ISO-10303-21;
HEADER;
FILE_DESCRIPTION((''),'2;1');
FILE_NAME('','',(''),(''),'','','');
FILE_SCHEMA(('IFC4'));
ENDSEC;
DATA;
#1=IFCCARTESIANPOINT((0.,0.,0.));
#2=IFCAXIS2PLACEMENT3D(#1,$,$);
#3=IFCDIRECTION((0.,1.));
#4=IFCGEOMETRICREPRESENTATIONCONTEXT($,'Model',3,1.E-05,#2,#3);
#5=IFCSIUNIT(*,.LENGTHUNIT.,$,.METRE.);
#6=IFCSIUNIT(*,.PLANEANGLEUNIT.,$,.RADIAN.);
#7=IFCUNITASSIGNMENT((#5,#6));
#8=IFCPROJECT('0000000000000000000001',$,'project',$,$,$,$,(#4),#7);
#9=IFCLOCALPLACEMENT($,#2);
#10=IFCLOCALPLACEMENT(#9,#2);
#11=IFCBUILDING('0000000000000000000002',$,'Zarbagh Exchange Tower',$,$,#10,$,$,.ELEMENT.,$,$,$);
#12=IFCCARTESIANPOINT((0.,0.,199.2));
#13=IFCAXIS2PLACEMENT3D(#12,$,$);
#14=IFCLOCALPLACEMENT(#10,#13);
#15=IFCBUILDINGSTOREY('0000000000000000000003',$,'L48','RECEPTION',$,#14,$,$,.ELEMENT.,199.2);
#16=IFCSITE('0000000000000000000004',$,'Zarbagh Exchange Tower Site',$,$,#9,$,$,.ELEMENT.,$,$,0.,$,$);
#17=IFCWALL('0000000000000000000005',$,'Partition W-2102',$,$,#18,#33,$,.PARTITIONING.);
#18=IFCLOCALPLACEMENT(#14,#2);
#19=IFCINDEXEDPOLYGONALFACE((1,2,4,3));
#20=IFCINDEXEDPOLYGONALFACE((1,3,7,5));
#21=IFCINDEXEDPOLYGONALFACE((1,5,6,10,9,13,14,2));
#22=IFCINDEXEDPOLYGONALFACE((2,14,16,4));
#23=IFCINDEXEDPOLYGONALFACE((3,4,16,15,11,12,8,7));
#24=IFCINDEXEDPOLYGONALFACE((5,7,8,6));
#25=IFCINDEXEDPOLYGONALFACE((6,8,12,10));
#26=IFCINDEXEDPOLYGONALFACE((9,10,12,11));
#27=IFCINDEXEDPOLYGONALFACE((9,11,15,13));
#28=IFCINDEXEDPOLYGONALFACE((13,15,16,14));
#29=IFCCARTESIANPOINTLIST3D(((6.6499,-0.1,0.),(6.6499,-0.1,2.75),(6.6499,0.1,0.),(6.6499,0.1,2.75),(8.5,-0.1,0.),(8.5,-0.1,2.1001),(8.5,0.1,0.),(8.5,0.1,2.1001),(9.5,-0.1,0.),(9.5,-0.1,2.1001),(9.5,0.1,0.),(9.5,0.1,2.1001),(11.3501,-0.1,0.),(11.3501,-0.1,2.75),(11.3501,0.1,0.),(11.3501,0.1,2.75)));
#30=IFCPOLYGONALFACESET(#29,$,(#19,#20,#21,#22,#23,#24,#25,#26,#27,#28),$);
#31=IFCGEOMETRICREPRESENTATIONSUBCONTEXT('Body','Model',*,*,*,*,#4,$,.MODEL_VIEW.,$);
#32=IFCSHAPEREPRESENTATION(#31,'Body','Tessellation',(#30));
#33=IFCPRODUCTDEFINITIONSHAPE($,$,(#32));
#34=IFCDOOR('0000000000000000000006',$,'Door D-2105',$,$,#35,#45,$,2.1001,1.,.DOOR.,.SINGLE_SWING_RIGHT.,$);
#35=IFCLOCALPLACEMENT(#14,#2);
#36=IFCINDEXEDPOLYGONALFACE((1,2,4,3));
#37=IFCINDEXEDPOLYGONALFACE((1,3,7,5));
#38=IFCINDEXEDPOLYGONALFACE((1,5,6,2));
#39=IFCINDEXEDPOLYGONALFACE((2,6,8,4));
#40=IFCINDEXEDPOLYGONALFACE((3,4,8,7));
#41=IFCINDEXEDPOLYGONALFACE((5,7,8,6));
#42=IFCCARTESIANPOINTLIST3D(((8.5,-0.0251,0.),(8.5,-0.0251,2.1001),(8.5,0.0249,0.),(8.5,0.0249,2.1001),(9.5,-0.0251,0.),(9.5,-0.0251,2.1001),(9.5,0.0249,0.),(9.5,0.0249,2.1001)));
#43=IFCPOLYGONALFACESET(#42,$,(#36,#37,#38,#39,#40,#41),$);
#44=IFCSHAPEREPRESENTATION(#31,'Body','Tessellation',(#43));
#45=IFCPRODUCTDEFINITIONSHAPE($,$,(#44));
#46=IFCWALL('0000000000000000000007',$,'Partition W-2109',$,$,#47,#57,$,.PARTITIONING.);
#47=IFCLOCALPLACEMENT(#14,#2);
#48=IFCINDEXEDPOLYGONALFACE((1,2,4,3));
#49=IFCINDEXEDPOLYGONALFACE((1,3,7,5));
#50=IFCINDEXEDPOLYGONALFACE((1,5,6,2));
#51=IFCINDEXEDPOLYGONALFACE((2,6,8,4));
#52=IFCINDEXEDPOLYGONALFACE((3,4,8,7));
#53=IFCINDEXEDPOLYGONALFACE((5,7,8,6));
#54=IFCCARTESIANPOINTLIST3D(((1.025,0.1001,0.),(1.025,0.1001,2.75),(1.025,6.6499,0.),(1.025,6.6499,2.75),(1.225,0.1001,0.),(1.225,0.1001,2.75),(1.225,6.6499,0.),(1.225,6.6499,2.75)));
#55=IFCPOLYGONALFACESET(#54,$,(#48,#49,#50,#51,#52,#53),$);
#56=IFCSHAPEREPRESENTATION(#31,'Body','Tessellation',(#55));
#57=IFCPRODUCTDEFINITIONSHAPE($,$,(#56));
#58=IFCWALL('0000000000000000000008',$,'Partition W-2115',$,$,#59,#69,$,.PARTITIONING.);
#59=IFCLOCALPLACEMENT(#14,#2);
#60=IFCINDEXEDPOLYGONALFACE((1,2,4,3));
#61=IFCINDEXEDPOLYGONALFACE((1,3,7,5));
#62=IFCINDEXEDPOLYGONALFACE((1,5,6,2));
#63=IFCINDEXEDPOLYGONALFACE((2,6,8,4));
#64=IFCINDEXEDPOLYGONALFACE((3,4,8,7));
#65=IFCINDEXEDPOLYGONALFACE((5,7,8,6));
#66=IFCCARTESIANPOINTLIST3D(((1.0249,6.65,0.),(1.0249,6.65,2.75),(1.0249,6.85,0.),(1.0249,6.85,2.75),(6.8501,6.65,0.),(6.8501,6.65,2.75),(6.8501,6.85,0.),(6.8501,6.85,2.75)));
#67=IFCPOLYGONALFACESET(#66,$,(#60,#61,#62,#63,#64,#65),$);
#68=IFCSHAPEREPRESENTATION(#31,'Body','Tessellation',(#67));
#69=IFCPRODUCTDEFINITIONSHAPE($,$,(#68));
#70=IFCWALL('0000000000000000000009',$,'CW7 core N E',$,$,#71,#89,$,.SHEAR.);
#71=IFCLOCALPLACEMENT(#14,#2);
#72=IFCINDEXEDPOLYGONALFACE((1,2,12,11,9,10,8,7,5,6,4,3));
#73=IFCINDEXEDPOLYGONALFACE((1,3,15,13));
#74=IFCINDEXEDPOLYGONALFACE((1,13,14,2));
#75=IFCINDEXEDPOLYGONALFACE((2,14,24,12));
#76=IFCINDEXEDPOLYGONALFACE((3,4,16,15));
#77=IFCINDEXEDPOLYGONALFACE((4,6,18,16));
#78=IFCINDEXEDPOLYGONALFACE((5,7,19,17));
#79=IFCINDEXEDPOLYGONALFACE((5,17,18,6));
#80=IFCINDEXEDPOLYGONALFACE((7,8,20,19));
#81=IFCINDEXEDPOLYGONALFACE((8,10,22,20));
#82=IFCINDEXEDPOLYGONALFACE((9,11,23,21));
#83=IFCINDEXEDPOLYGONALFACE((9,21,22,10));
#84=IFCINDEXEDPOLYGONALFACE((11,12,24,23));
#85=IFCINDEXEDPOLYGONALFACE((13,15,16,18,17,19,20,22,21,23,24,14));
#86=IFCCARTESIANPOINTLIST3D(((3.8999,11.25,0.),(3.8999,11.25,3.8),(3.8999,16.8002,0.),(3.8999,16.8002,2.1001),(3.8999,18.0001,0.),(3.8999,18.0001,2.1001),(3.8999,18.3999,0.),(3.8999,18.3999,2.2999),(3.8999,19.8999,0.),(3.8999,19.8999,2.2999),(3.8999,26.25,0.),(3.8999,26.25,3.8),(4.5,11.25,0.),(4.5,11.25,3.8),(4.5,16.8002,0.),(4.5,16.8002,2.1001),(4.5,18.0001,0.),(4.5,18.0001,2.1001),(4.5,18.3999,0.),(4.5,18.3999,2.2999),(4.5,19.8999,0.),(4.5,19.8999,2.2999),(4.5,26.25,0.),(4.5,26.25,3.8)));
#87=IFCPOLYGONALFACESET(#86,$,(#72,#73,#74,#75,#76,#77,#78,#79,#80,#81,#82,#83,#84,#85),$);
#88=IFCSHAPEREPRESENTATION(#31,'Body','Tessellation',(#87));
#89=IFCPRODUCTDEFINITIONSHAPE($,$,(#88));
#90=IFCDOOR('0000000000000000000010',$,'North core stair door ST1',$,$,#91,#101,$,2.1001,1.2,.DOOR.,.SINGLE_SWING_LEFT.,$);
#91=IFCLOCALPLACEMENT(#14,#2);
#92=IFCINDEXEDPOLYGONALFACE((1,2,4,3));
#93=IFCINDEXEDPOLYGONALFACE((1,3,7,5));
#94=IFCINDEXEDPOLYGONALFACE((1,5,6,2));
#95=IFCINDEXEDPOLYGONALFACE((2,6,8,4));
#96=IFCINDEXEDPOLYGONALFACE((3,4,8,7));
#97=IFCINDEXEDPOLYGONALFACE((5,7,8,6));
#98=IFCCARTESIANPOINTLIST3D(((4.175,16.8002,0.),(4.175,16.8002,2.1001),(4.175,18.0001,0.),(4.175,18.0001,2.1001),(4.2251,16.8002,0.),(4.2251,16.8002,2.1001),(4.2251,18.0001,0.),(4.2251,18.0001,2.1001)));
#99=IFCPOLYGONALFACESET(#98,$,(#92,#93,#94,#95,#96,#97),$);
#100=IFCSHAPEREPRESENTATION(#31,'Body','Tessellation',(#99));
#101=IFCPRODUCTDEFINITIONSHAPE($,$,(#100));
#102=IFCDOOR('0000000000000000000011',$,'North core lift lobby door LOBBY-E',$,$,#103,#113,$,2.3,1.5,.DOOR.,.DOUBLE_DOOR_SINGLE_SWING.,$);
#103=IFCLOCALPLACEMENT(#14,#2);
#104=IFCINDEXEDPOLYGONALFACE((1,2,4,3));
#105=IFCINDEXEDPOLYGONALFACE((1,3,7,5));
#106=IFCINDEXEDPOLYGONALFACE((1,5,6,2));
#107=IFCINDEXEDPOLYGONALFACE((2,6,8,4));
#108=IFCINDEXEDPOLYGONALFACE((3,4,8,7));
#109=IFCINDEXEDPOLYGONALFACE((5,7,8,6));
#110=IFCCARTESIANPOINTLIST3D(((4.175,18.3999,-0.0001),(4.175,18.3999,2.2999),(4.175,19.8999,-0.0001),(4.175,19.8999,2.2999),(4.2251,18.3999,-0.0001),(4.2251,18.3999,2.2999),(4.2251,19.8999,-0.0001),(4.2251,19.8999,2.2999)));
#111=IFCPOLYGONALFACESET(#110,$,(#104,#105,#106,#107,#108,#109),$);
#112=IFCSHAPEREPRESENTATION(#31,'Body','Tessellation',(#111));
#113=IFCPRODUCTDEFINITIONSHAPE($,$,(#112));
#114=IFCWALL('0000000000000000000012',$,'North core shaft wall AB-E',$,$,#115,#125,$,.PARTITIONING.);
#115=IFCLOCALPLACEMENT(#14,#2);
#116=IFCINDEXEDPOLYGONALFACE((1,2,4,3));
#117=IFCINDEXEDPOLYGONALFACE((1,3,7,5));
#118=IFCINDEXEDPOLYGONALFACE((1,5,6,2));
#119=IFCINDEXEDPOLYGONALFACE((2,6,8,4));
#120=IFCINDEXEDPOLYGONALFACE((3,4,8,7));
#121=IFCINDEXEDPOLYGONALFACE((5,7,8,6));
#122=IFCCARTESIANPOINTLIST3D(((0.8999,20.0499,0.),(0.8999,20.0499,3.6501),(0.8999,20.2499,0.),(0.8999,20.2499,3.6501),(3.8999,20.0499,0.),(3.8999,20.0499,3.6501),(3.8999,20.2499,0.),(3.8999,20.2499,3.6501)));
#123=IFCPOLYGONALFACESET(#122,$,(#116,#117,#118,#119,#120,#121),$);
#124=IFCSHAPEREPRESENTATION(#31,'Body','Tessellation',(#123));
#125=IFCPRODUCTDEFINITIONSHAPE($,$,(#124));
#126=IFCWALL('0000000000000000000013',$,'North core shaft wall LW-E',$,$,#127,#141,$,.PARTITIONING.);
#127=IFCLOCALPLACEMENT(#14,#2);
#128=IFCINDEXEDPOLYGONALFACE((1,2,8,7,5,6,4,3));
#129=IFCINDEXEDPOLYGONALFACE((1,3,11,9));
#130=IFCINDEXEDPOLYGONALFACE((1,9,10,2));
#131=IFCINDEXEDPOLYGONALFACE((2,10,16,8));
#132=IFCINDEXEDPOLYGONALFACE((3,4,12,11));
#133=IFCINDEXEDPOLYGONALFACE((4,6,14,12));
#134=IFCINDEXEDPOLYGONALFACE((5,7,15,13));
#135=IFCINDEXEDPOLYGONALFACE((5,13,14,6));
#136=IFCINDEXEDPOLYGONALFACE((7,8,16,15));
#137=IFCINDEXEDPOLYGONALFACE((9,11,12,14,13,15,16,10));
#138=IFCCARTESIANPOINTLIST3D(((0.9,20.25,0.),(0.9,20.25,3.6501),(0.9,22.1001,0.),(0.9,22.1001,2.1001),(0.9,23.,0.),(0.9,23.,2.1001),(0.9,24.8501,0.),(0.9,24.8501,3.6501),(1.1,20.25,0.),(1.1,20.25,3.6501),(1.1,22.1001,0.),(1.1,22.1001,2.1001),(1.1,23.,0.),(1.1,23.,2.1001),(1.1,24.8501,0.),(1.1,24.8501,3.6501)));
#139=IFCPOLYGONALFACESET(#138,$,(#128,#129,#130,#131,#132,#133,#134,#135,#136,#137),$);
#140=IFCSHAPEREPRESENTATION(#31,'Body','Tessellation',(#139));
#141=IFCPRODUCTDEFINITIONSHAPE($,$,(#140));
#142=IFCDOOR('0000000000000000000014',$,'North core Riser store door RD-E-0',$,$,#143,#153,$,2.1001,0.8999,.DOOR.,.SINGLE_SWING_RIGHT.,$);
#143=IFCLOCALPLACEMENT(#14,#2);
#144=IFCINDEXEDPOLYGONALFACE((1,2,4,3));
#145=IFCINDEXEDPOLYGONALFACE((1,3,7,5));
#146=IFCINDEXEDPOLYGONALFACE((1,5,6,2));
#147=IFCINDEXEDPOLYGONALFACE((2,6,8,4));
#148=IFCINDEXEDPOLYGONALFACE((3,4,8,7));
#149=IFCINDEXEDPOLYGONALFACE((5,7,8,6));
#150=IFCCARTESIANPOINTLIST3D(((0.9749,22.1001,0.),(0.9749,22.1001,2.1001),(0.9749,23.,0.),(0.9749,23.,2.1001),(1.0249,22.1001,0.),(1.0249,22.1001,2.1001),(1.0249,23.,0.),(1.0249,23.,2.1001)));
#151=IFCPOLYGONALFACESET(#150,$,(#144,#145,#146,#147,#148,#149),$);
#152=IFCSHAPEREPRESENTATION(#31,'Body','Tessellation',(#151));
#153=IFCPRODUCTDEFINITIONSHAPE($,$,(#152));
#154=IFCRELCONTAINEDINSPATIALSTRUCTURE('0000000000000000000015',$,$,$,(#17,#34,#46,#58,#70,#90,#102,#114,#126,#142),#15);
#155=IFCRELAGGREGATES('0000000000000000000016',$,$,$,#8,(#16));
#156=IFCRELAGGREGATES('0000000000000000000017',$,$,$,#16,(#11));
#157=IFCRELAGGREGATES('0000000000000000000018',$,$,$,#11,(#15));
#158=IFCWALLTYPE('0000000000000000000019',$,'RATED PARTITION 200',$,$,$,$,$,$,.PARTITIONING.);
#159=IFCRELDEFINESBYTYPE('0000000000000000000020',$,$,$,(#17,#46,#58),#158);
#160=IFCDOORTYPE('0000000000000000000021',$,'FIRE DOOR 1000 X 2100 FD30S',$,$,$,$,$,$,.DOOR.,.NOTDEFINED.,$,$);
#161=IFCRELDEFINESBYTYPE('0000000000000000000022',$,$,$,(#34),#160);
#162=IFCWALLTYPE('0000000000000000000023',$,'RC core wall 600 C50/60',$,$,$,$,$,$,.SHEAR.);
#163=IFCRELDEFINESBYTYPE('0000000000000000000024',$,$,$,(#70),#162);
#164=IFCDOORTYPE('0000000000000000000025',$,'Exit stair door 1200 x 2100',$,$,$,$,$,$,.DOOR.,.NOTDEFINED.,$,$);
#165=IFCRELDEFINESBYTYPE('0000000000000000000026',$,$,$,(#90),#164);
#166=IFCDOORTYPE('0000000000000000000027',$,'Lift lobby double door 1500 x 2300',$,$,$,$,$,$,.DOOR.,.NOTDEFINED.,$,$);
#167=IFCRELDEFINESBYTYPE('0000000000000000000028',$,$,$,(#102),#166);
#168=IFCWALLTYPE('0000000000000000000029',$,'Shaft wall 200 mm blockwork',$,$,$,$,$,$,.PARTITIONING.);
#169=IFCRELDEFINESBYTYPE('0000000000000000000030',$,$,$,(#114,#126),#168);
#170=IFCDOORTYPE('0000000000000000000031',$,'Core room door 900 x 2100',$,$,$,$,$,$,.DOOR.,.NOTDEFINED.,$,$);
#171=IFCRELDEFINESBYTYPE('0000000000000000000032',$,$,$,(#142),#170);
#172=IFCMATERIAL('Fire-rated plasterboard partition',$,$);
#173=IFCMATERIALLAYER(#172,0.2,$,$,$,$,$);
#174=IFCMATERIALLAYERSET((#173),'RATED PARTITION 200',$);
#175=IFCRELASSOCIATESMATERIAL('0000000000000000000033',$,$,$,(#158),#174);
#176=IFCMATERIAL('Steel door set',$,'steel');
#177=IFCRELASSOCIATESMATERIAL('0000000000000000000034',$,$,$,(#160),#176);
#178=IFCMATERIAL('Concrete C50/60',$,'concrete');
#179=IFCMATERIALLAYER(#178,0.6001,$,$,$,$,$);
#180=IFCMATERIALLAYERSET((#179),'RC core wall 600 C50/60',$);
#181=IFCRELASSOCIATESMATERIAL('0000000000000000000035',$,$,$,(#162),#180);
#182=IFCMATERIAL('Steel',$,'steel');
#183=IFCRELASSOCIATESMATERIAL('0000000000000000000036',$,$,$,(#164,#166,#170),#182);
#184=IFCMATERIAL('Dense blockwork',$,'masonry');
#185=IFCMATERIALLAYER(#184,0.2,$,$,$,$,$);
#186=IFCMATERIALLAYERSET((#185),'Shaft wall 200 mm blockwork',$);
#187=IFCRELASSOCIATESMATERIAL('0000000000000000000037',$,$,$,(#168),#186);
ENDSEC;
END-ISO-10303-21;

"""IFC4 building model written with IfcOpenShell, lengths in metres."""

from ifc_helpers import new_model, si_unit, direction, frame, frame_2d, origin, place, context, subcontext, project, spatial, rectangle, extrude, material, layer, layer_set, type_object, element, fill, save


model = new_model("IFC4")

# Units and contexts
model_context = context("Model", 3, precision=1e-05, world=origin(), true_north=direction((0.0, 1.0)))
body_context = subcontext(model_context, "Body", "Model", "MODEL_VIEW")
ifc_project = project(units=[si_unit("LENGTHUNIT", "METRE"), si_unit("PLANEANGLEUNIT", "RADIAN")], contexts=[model_context])

# Site, building, storey
site_placement = place(None, origin())
site = spatial("IfcSite", under=ifc_project, at=site_placement, Name="Zarbagh Exchange Tower Site", CompositionType="ELEMENT", RefElevation=0.0)
building_placement = place(site_placement, origin())
building = spatial("IfcBuilding", under=site, at=building_placement, Name="Zarbagh Exchange Tower", CompositionType="ELEMENT")
storey_placement = place(building_placement, frame((0.0, 0.0, 199.2)))
storey = spatial("IfcBuildingStorey", under=building, at=storey_placement, Name="L48", Description="RECEPTION", CompositionType="ELEMENT", Elevation=199.2)

# Shared definitions
ifc_material_1 = material(Name="Concrete C50/60", Category="concrete")

# Wall, opening, door
ifc_material_2 = material(Name="Fire-rated plasterboard partition")
ifc_layer_1 = layer(ifc_material_2, 0.2)
ifc_layer_set_1 = layer_set([ifc_layer_1], Name="RATED PARTITION 200")
wall_type_1 = type_object("IfcWallType", Name="RATED PARTITION 200", PredefinedType="PARTITIONING", material=ifc_layer_set_1)
ifc_material_3 = material(Name="Steel door set", Category="steel")
door_type_1 = type_object("IfcDoorType", Name="FIRE DOOR 1000 X 2100 FD30S", OperationType="NOTDEFINED", PredefinedType="DOOR", material=ifc_material_3)
wall_1_placement = place(storey_placement, frame((6.6499, 0.0, 0.0), z_axis=(0.0, 0.0, 1.0), x_axis=(1.0, 0.0, 0.0)))
wall_1 = element("IfcWall", 1, at=wall_1_placement, inside=storey, type_object=wall_type_1, Name="Partition W-2102", PredefinedType="PARTITIONING", context=body_context, shape_type="SweptSolid", body=[
    extrude(rectangle(XDim=4.7002, YDim=0.2, at=frame_2d((2.3501, 0.0))), origin(), (0.0, 0.0, 1.0), 2.75),
])
opening_1_placement = place(wall_1_placement, frame((1.8501, 0.0, 0.0)))
opening_1 = element("IfcOpeningElement", 2, at=opening_1_placement, cuts=wall_1, PredefinedType="OPENING", context=body_context, shape_type="SweptSolid", body=[
    extrude(rectangle(XDim=1.0, YDim=2.1001, at=frame_2d((0.5, 1.05))), frame((0.0, 0.1099, 0.0), z_axis=(0.0, -1.0, 0.0), x_axis=(1.0, 0.0, 0.0)), (0.0, 0.0, 1.0), 0.22),
])
door_1_placement = place(opening_1_placement, origin())
door_1 = element("IfcDoor", 3, at=door_1_placement, inside=storey, type_object=door_type_1, Name="Door D-2105", OperationType="SINGLE_SWING_RIGHT", OverallHeight=2.1001, OverallWidth=1.0, PredefinedType="DOOR", context=body_context, shape_type="SweptSolid", body=[
    extrude(rectangle(XDim=1.0, YDim=2.1001, at=frame_2d((0.5, 1.05))), frame((0.0, 0.0249, 0.0), z_axis=(0.0, -1.0, 0.0), x_axis=(1.0, 0.0, 0.0)), (0.0, 0.0, 1.0), 0.05),
])
fill(opening_1, door_1)

# Walls
wall_2_placement = place(storey_placement, frame((1.125, 0.1001, 0.0), z_axis=(0.0, 0.0, 1.0), x_axis=(0.0, 1.0, 0.0)))
element("IfcWall", 4, at=wall_2_placement, inside=storey, type_object=wall_type_1, Name="Partition W-2109", PredefinedType="PARTITIONING", context=body_context, shape_type="SweptSolid", body=[
    extrude(rectangle(XDim=6.5498, YDim=0.2, at=frame_2d((3.2749, 0.0))), origin(), (0.0, 0.0, 1.0), 2.75),
])
wall_3_placement = place(storey_placement, frame((1.0249, 6.75, 0.0), z_axis=(0.0, 0.0, 1.0), x_axis=(1.0, 0.0, 0.0)))
element("IfcWall", 5, at=wall_3_placement, inside=storey, type_object=wall_type_1, Name="Partition W-2115", PredefinedType="PARTITIONING", context=body_context, shape_type="SweptSolid", body=[
    extrude(rectangle(XDim=5.8252, YDim=0.2, at=frame_2d((2.9126, 0.0))), origin(), (0.0, 0.0, 1.0), 2.75),
])

# Wall, openings, doors
ifc_layer_2 = layer(ifc_material_1, 0.6001)
ifc_layer_set_2 = layer_set([ifc_layer_2], Name="RC core wall 600 C50/60")
wall_type_2 = type_object("IfcWallType", Name="RC core wall 600 C50/60", PredefinedType="SHEAR", material=ifc_layer_set_2)
wall_4_placement = place(storey_placement, frame((4.2, 11.25, 0.0), z_axis=(0.0, 0.0, 1.0), x_axis=(0.0, 1.0, 0.0)))
wall_4 = element("IfcWall", 6, at=wall_4_placement, inside=storey, type_object=wall_type_2, Name="CW7 core N E", PredefinedType="SHEAR", context=body_context, shape_type="SweptSolid", body=[
    extrude(rectangle(XDim=15.0, YDim=0.6001, at=frame_2d((7.5, 0.0))), origin(), (0.0, 0.0, 1.0), 3.8),
])
opening_2_placement = place(wall_4_placement, frame((7.1499, 0.0, 0.0)))
opening_2 = element("IfcOpeningElement", 7, at=opening_2_placement, cuts=wall_4, PredefinedType="OPENING", context=body_context, shape_type="SweptSolid", body=[
    extrude(rectangle(XDim=1.5, YDim=2.3, at=frame_2d((0.75, 1.1499))), frame((0.0, 0.3101, 0.0), z_axis=(0.0, -1.0, 0.0), x_axis=(1.0, 0.0, 0.0)), (0.0, 0.0, 1.0), 0.6201),
])
opening_3_placement = place(wall_4_placement, frame((5.55, 0.0, 0.0)))
opening_3 = element("IfcOpeningElement", 8, at=opening_3_placement, cuts=wall_4, PredefinedType="OPENING", context=body_context, shape_type="SweptSolid", body=[
    extrude(rectangle(XDim=1.2, YDim=2.1001, at=frame_2d((0.6001, 1.05))), frame((0.0, 0.3101, 0.0), z_axis=(0.0, -1.0, 0.0), x_axis=(1.0, 0.0, 0.0)), (0.0, 0.0, 1.0), 0.6201),
])
ifc_material_4 = material(Name="Steel", Category="steel")
door_type_2 = type_object("IfcDoorType", Name="Exit stair door 1200 x 2100", OperationType="NOTDEFINED", PredefinedType="DOOR", material=ifc_material_4)
door_2_placement = place(opening_3_placement, origin())
door_2 = element("IfcDoor", 9, at=door_2_placement, inside=storey, type_object=door_type_2, Name="North core stair door ST1", OperationType="SINGLE_SWING_LEFT", OverallHeight=2.1001, OverallWidth=1.2, PredefinedType="DOOR", context=body_context, shape_type="SweptSolid", body=[
    extrude(rectangle(XDim=1.2, YDim=2.1001, at=frame_2d((0.6001, 1.05))), frame((0.0, 0.0249, 0.0), z_axis=(0.0, -1.0, 0.0), x_axis=(1.0, 0.0, 0.0)), (0.0, 0.0, 1.0), 0.05),
])
fill(opening_3, door_2)
door_type_3 = type_object("IfcDoorType", Name="Lift lobby double door 1500 x 2300", OperationType="NOTDEFINED", PredefinedType="DOOR", material=ifc_material_4)
door_3_placement = place(opening_2_placement, origin())
door_3 = element("IfcDoor", 10, at=door_3_placement, inside=storey, type_object=door_type_3, Name="North core lift lobby door LOBBY-E", OperationType="DOUBLE_DOOR_SINGLE_SWING", OverallHeight=2.3, OverallWidth=1.5, PredefinedType="DOOR", context=body_context, shape_type="SweptSolid", body=[
    extrude(rectangle(XDim=1.5, YDim=2.3, at=frame_2d((0.75, 1.1499))), frame((0.0, 0.0249, 0.0), z_axis=(0.0, -1.0, 0.0), x_axis=(1.0, 0.0, 0.0)), (0.0, 0.0, 1.0), 0.05),
])
fill(opening_2, door_3)

# Wall
ifc_material_5 = material(Name="Dense blockwork", Category="masonry")
ifc_layer_3 = layer(ifc_material_5, 0.2)
ifc_layer_set_3 = layer_set([ifc_layer_3], Name="Shaft wall 200 mm blockwork")
wall_type_3 = type_object("IfcWallType", Name="Shaft wall 200 mm blockwork", PredefinedType="PARTITIONING", material=ifc_layer_set_3)
wall_5_placement = place(storey_placement, frame((0.8999, 20.1499, 0.0), z_axis=(0.0, 0.0, 1.0), x_axis=(1.0, 0.0, 0.0)))
element("IfcWall", 11, at=wall_5_placement, inside=storey, type_object=wall_type_3, Name="North core shaft wall AB-E", PredefinedType="PARTITIONING", context=body_context, shape_type="SweptSolid", body=[
    extrude(rectangle(XDim=3.0, YDim=0.2, at=frame_2d((1.5, 0.0))), origin(), (0.0, 0.0, 1.0), 3.6501),
])

# Wall, opening, door
wall_6_placement = place(storey_placement, frame((1.0, 24.8501, 0.0), z_axis=(0.0, 0.0, 1.0), x_axis=(0.0, -1.0, 0.0)))
wall_6 = element("IfcWall", 12, at=wall_6_placement, inside=storey, type_object=wall_type_3, Name="North core shaft wall LW-E", PredefinedType="PARTITIONING", context=body_context, shape_type="SweptSolid", body=[
    extrude(rectangle(XDim=4.6001, YDim=0.2, at=frame_2d((2.3, 0.0))), origin(), (0.0, 0.0, 1.0), 3.6501),
])
opening_4_placement = place(wall_6_placement, frame((1.8501, 0.0, 0.0)))
opening_4 = element("IfcOpeningElement", 13, at=opening_4_placement, cuts=wall_6, PredefinedType="OPENING", context=body_context, shape_type="SweptSolid", body=[
    extrude(rectangle(XDim=0.8999, YDim=2.1001, at=frame_2d((0.45, 1.05))), frame((0.0, 0.1099, 0.0), z_axis=(0.0, -1.0, 0.0), x_axis=(1.0, 0.0, 0.0)), (0.0, 0.0, 1.0), 0.22),
])
door_type_4 = type_object("IfcDoorType", Name="Core room door 900 x 2100", OperationType="NOTDEFINED", PredefinedType="DOOR", material=ifc_material_4)
door_4_placement = place(opening_4_placement, origin())
door_4 = element("IfcDoor", 14, at=door_4_placement, inside=storey, type_object=door_type_4, Name="North core Riser store door RD-E-0", OperationType="SINGLE_SWING_RIGHT", OverallHeight=2.1001, OverallWidth=0.8999, PredefinedType="DOOR", context=body_context, shape_type="SweptSolid", body=[
    extrude(rectangle(XDim=0.8999, YDim=2.1001, at=frame_2d((0.45, 1.05))), frame((0.0, 0.0249, 0.0), z_axis=(0.0, -1.0, 0.0), x_axis=(1.0, 0.0, 0.0)), (0.0, 0.0, 1.0), 0.05),
])
fill(opening_4, door_4)

save(model, "model.ifc")
